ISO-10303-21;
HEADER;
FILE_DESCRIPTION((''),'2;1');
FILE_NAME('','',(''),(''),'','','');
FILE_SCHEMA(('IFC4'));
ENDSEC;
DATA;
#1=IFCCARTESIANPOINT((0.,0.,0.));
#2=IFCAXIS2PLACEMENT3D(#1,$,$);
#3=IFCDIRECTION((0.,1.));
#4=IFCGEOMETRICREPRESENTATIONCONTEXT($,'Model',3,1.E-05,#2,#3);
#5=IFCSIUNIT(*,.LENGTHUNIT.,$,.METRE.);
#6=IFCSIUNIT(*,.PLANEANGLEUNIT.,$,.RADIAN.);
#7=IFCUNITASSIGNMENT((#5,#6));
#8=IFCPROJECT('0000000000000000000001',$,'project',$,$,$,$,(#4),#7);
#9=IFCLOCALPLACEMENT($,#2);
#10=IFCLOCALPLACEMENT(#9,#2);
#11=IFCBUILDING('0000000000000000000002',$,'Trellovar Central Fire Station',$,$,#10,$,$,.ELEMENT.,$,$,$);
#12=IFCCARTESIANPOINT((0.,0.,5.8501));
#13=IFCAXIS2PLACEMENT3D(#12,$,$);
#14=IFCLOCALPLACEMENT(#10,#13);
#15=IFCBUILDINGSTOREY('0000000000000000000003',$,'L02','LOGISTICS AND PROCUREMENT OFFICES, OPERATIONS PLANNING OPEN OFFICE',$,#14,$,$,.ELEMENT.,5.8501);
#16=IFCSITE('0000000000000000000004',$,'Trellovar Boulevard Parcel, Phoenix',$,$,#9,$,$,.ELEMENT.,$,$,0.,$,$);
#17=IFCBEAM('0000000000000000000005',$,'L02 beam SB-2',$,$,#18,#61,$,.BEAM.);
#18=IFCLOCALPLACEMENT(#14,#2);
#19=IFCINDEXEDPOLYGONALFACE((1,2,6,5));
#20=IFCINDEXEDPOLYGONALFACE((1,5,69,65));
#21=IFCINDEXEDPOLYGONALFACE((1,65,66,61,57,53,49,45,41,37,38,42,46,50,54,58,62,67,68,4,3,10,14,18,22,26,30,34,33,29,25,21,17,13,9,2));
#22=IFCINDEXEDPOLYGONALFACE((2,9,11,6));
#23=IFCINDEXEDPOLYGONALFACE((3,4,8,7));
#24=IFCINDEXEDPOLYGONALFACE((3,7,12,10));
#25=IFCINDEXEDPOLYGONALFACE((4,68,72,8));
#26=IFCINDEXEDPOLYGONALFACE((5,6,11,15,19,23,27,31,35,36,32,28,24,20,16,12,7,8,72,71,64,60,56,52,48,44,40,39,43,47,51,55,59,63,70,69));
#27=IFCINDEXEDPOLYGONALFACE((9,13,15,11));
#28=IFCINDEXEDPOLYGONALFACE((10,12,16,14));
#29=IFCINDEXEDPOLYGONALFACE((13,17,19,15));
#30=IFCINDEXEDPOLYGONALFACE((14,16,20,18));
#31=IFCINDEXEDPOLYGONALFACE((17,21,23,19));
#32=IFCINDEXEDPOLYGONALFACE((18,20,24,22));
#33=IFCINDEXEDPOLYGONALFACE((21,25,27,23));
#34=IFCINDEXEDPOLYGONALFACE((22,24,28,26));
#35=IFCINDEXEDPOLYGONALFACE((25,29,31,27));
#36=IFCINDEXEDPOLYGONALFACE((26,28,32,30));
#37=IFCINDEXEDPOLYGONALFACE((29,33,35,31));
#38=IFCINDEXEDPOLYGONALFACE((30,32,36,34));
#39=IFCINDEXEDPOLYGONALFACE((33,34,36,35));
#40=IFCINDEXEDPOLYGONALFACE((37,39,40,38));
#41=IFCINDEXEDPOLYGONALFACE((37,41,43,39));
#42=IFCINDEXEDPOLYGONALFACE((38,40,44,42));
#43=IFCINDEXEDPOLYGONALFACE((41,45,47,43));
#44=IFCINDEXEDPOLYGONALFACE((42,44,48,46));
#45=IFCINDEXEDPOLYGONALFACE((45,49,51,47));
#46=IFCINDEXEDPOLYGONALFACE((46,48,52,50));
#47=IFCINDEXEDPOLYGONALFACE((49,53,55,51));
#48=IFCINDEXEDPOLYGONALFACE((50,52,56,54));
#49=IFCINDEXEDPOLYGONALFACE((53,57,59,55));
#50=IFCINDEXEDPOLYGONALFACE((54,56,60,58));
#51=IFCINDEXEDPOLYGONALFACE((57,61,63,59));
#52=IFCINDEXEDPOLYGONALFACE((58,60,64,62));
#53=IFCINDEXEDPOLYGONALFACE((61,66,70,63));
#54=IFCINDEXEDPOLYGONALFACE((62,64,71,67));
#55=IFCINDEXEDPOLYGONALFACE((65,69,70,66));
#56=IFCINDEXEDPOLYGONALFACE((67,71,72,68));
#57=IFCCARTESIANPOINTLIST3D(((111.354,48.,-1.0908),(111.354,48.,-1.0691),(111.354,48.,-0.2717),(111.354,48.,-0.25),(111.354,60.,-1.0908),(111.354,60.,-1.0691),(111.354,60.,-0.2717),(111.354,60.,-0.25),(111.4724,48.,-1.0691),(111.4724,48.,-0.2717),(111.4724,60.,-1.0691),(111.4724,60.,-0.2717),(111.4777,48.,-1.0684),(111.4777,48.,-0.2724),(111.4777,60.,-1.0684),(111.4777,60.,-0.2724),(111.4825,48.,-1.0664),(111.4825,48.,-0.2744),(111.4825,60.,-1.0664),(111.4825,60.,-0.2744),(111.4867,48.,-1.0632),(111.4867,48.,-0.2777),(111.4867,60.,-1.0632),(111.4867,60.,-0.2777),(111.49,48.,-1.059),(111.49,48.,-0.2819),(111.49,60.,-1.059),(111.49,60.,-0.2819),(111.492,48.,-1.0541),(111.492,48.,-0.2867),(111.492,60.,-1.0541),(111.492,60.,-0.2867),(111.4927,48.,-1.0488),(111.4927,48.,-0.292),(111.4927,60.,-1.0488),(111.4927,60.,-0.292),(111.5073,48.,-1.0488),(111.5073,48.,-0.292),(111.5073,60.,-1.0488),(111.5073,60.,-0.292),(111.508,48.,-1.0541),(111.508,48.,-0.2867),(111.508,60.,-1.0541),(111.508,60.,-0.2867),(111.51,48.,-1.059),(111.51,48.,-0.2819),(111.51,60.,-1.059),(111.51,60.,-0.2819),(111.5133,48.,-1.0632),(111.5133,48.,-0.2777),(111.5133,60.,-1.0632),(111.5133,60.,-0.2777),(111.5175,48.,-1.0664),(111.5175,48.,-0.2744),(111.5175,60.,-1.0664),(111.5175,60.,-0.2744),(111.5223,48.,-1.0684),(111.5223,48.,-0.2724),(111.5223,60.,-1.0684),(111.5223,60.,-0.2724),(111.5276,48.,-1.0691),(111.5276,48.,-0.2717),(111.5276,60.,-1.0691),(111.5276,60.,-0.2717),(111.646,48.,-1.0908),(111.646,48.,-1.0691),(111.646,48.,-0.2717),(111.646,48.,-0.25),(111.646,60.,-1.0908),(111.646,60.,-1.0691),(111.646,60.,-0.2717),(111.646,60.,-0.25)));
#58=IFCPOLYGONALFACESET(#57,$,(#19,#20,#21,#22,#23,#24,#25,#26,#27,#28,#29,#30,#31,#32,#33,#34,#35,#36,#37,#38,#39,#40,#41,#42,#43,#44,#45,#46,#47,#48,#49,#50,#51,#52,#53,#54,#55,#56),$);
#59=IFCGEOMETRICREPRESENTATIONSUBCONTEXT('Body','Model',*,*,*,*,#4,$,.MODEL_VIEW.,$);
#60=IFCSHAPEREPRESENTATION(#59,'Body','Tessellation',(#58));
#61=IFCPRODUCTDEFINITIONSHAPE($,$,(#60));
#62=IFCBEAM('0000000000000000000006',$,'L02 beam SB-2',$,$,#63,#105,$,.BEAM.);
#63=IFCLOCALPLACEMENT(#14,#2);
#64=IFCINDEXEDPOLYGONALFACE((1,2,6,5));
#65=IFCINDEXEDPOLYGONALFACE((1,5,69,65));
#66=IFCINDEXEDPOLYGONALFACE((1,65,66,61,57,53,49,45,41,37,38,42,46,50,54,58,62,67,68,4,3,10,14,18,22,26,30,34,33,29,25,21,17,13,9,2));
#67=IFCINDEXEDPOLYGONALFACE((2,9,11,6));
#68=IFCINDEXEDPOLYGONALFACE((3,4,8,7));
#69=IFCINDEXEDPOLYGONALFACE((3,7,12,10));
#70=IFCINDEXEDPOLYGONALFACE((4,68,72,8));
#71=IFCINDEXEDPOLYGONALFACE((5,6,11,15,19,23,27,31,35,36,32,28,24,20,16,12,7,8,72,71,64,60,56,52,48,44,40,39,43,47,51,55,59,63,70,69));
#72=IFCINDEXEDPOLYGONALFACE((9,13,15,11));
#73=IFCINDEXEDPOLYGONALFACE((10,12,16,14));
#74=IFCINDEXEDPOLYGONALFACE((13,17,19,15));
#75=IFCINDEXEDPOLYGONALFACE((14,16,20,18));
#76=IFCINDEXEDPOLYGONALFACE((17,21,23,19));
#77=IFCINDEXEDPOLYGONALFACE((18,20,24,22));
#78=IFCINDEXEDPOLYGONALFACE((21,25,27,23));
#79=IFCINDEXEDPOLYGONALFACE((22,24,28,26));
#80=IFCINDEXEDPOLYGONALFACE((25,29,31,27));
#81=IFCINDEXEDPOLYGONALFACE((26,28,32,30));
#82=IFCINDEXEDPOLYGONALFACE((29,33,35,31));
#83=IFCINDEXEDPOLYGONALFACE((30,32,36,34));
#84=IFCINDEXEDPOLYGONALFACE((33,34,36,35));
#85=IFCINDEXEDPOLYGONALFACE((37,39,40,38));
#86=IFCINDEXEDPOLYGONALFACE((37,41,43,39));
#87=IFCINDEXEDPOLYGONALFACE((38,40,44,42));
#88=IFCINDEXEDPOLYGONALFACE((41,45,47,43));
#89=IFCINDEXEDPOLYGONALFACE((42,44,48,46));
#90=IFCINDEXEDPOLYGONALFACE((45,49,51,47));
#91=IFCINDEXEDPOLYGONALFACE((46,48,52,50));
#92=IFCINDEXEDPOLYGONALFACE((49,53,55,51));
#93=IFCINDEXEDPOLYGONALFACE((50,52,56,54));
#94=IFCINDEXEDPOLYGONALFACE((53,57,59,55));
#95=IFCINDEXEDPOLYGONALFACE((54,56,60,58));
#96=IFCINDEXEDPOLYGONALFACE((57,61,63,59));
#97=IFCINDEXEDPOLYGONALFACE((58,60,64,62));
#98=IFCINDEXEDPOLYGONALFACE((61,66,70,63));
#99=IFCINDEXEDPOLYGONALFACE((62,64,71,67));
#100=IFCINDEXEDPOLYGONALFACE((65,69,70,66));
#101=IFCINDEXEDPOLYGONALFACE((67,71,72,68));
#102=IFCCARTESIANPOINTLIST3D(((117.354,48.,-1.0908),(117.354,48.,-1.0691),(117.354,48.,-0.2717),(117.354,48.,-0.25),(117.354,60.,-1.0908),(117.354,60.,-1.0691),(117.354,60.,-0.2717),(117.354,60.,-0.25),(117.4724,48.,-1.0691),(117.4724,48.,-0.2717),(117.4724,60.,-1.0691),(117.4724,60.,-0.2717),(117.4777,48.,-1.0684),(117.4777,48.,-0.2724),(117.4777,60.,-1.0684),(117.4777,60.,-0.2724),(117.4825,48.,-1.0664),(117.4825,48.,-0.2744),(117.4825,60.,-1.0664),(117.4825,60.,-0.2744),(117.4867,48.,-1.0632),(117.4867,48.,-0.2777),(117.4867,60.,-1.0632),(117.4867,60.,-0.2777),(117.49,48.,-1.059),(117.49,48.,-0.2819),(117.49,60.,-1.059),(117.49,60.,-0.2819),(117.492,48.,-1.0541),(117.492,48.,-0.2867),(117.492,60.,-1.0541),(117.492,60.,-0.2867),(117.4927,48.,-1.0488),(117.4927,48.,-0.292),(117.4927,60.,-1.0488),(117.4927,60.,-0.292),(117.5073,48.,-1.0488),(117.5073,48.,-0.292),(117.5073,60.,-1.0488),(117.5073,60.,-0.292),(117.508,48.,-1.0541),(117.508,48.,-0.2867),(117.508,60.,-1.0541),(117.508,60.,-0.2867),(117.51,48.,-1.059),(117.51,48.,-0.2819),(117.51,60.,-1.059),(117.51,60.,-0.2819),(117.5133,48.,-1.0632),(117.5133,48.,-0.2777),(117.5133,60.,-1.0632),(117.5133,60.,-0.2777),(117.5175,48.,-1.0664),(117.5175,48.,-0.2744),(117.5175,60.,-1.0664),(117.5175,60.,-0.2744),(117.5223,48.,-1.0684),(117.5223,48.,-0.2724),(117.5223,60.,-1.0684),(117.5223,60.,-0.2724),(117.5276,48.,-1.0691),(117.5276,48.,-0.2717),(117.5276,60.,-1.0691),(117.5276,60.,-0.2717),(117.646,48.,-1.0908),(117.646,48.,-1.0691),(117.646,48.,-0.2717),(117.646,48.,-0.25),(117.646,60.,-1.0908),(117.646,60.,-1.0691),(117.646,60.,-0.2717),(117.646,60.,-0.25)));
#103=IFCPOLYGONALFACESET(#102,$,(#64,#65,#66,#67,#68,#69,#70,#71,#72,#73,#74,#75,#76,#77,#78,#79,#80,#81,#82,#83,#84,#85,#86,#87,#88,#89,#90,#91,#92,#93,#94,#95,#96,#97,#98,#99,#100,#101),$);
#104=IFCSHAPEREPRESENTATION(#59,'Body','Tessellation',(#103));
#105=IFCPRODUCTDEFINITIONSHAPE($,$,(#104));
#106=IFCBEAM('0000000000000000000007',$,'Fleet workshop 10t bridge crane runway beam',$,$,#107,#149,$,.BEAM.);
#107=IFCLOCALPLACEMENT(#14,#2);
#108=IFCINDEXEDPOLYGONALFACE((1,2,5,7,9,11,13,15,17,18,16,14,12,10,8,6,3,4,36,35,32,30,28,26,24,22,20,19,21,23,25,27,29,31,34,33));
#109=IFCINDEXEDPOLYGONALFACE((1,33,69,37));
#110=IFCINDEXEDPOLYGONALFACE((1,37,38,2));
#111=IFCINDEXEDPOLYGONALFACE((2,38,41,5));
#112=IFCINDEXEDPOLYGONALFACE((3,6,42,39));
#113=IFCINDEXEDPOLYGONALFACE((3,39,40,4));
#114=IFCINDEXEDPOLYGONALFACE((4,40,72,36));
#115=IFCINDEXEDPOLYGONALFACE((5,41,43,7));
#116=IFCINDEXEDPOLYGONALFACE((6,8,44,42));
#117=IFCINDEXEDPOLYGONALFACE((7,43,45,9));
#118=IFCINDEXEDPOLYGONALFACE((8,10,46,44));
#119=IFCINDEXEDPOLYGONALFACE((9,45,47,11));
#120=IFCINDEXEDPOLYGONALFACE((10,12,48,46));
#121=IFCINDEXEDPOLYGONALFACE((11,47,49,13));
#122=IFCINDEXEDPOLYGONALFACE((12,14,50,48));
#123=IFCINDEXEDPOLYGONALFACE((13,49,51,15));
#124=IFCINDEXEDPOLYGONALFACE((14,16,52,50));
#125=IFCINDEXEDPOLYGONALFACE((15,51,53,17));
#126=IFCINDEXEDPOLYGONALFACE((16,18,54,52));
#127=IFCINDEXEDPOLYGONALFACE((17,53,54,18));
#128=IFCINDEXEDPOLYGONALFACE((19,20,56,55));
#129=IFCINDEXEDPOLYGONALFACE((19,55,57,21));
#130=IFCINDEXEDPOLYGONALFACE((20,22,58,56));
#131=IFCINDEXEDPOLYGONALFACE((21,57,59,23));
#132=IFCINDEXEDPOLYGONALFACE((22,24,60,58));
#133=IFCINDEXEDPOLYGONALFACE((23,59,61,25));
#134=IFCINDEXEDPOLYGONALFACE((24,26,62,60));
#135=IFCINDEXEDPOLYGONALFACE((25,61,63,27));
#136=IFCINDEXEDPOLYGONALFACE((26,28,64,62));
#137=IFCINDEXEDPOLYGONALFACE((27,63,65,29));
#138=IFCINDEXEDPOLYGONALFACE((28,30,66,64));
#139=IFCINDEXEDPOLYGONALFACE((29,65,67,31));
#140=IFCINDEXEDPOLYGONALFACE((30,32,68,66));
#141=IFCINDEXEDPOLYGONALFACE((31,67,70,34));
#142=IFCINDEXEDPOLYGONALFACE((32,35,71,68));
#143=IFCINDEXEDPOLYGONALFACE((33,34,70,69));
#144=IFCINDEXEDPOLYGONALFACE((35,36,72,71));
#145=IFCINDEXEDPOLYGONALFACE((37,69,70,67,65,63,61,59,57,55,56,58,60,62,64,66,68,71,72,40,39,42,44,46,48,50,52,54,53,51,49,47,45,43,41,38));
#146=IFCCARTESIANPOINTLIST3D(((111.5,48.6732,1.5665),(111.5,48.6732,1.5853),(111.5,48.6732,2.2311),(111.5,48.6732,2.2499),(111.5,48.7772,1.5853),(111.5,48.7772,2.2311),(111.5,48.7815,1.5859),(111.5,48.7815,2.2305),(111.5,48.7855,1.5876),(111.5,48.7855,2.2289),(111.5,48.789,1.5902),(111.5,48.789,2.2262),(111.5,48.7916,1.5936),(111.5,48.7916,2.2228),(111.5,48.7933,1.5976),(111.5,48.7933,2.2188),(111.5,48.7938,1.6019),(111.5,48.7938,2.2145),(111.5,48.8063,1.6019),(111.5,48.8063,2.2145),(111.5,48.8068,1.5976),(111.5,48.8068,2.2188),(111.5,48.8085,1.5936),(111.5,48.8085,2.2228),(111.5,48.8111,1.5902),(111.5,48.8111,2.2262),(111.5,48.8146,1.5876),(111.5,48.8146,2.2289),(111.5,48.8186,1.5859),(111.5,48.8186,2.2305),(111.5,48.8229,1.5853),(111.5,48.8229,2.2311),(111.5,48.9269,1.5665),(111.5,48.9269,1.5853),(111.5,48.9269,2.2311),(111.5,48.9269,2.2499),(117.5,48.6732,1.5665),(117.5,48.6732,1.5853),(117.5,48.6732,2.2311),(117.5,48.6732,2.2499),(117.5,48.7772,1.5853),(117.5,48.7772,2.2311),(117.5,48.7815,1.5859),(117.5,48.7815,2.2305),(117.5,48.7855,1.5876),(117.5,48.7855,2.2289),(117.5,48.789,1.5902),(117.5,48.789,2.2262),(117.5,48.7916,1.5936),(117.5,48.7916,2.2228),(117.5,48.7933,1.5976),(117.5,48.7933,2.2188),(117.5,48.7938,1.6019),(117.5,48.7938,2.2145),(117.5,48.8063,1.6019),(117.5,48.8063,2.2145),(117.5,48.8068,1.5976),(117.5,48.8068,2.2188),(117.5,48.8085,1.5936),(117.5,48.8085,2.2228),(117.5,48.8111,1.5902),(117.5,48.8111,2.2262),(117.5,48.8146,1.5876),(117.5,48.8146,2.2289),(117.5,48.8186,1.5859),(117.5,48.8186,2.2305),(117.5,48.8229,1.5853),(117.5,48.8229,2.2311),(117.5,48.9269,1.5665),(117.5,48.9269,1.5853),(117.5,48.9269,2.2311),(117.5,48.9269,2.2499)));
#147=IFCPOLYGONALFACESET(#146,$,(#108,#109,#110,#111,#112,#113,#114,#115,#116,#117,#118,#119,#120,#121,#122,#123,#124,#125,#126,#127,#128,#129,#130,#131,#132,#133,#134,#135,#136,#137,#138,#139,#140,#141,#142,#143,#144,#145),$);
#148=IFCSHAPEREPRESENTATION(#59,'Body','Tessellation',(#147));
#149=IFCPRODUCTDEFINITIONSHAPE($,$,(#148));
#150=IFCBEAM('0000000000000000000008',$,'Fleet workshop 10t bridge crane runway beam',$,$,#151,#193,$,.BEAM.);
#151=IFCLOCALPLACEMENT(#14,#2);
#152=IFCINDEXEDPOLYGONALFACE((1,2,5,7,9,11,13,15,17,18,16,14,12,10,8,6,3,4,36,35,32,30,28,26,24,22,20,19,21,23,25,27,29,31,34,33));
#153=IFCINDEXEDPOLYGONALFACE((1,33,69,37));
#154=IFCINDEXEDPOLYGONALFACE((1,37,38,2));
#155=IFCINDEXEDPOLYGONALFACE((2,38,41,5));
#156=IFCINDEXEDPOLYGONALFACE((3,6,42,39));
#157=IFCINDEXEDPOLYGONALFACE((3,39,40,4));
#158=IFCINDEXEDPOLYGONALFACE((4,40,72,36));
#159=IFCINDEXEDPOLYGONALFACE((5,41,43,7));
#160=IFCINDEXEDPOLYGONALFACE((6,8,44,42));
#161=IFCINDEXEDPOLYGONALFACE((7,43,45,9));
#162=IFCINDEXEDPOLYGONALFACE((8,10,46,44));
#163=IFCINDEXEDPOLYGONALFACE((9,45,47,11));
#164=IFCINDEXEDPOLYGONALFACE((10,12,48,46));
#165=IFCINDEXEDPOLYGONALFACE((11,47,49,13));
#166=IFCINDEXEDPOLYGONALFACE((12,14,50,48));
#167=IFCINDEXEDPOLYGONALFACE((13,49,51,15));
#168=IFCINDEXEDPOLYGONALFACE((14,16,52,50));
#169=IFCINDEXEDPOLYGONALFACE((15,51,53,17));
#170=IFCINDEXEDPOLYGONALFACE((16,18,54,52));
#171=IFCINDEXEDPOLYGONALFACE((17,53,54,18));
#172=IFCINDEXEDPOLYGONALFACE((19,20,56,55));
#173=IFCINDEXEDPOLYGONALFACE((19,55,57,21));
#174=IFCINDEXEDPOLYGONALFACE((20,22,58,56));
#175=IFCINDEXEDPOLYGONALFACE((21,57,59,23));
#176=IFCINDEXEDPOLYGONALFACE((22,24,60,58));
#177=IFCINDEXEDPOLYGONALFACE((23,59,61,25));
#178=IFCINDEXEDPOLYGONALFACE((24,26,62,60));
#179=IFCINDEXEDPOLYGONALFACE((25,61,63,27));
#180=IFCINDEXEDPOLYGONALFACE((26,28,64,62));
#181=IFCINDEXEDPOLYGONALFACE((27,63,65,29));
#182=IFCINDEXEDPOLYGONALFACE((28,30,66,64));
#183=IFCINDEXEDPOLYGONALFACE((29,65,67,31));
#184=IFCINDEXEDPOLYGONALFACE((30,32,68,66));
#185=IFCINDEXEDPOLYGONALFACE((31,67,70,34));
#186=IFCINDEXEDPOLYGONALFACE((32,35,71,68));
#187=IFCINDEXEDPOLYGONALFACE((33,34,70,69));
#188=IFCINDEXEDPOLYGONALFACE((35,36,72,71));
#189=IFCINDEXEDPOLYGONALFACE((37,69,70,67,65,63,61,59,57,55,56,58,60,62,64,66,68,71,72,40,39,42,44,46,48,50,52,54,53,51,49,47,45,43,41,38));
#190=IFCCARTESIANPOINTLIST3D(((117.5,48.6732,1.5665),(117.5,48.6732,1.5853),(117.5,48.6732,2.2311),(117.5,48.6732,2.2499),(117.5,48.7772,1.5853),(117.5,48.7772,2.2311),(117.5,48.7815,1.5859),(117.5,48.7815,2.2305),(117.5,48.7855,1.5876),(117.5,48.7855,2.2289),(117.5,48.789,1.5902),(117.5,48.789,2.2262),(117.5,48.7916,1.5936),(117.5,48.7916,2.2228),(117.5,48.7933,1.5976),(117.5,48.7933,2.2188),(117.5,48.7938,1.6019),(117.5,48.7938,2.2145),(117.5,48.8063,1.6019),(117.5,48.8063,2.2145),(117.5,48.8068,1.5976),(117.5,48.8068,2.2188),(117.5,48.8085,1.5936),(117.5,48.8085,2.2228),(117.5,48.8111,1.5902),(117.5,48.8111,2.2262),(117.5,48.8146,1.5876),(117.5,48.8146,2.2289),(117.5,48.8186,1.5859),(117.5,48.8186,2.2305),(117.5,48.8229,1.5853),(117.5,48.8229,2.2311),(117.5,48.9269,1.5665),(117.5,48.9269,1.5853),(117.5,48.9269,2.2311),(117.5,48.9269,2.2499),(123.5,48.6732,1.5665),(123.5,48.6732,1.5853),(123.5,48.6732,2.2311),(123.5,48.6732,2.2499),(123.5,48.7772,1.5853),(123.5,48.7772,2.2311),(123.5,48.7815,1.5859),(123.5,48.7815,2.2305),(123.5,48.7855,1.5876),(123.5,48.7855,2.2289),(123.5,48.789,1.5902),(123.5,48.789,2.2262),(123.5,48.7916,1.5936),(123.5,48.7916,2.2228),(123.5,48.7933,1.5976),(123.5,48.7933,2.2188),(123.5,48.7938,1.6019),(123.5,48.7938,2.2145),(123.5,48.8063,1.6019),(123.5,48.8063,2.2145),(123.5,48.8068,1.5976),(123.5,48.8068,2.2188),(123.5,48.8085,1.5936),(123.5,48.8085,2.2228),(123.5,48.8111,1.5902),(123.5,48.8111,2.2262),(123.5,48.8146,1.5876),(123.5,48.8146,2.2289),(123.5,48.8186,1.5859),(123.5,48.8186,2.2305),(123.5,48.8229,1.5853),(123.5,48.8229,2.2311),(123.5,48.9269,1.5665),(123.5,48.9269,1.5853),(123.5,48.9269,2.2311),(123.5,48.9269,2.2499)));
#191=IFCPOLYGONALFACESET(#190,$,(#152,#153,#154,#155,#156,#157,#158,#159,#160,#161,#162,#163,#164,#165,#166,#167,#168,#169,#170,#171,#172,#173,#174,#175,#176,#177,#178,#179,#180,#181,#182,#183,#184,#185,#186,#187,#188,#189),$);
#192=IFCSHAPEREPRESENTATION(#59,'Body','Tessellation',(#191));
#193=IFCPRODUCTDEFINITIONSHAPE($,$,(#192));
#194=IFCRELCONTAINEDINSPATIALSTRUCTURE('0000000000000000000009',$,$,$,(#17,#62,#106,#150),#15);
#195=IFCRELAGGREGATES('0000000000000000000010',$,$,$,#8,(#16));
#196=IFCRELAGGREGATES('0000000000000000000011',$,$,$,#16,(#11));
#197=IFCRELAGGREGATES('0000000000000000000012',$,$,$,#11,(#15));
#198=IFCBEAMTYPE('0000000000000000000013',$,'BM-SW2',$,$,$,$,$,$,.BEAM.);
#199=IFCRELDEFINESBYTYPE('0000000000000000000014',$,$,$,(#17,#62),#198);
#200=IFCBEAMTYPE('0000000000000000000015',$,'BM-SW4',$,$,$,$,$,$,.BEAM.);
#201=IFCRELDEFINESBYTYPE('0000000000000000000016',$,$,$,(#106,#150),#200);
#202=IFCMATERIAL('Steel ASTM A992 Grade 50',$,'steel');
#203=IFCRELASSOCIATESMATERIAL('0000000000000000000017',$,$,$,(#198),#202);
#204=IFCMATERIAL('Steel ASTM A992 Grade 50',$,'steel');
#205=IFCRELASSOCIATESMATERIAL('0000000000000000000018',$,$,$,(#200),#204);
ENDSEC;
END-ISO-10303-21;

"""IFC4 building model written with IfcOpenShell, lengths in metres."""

from ifc_helpers import new_model, si_unit, direction, frame, origin, origin_2d, place, context, subcontext, project, spatial, i_section, extrude, material, material_profile, profile_set, type_object, element, save


model = new_model("IFC4")

# Units and contexts
model_context = context("Model", 3, precision=1e-05, world=origin(), true_north=direction((0.0, 1.0)))
body_context = subcontext(model_context, "Body", "Model", "MODEL_VIEW")
ifc_project = project(units=[si_unit("LENGTHUNIT", "METRE"), si_unit("PLANEANGLEUNIT", "RADIAN")], contexts=[model_context])

# Site, building, storey
site_placement = place(None, origin())
site = spatial("IfcSite", under=ifc_project, at=site_placement, Name="Trellovar Boulevard Parcel, Phoenix", CompositionType="ELEMENT", RefElevation=0.0)
building_placement = place(site_placement, origin())
building = spatial("IfcBuilding", under=site, at=building_placement, Name="Trellovar Central Fire Station", CompositionType="ELEMENT")
storey_placement = place(building_placement, frame((0.0, 0.0, 5.8501)))
storey = spatial("IfcBuildingStorey", under=building, at=storey_placement, Name="L02", Description="LOGISTICS AND PROCUREMENT OFFICES, OPERATIONS PLANNING OPEN OFFICE", CompositionType="ELEMENT", Elevation=5.8501)

# Beams
ifc_material_1 = material(Name="Steel ASTM A992 Grade 50", Category="steel")
ifc_material_profile_1 = material_profile(ifc_material_1, i_section(OverallWidth=0.292, OverallDepth=0.8408, WebThickness=0.0146, FlangeThickness=0.0217, FilletRadius=0.0203, at=origin_2d()), Name="W33X130")
ifc_profile_set_1 = profile_set([ifc_material_profile_1], Name="Steel ASTM A992 Grade 50")
beam_type_1 = type_object("IfcBeamType", Name="BM-SW2", PredefinedType="BEAM", material=ifc_profile_set_1)
for number, where, z_axis, x_axis, name in (
    (1, (111.5, 48.0, -0.6704), (0.0, 1.0, 0.0), (-1.0, 0.0, 0.0), "L02 beam SB-2"),
    (2, (117.5, 48.0, -0.6704), (0.0, 1.0, 0.0), (-1.0, 0.0, 0.0), "L02 beam SB-2"),
):
    element("IfcBeam", number, at=place(storey_placement, frame(where, z_axis=z_axis, x_axis=x_axis)), inside=storey, type_object=beam_type_1, Name=name, PredefinedType="BEAM", context=body_context, shape_type="SweptSolid", body=[
        extrude(i_section(OverallWidth=0.292, OverallDepth=0.8408, WebThickness=0.0146, FlangeThickness=0.0217, FilletRadius=0.0203, at=origin_2d()), origin(), (0.0, 0.0, 1.0), 12.0),
    ])
ifc_material_2 = material(Name="Steel ASTM A992 Grade 50", Category="steel")
ifc_material_profile_2 = material_profile(ifc_material_2, i_section(OverallWidth=0.2537, OverallDepth=0.6833, WebThickness=0.0125, FlangeThickness=0.0188, FilletRadius=0.0166, at=origin_2d()), Name="W27X94")
ifc_profile_set_2 = profile_set([ifc_material_profile_2], Name="Steel ASTM A992 Grade 50")
beam_type_2 = type_object("IfcBeamType", Name="BM-SW4", PredefinedType="BEAM", material=ifc_profile_set_2)
for number, where, z_axis, x_axis, name in (
    (3, (111.5, 48.8, 1.9082), (1.0, 0.0, 0.0), (0.0, 1.0, 0.0), "Fleet workshop 10t bridge crane runway beam"),
    (4, (117.5, 48.8, 1.9082), (1.0, 0.0, 0.0), (0.0, 1.0, 0.0), "Fleet workshop 10t bridge crane runway beam"),
):
    element("IfcBeam", number, at=place(storey_placement, frame(where, z_axis=z_axis, x_axis=x_axis)), inside=storey, type_object=beam_type_2, Name=name, PredefinedType="BEAM", context=body_context, shape_type="SweptSolid", body=[
        extrude(i_section(OverallWidth=0.2537, OverallDepth=0.6833, WebThickness=0.0125, FlangeThickness=0.0188, FilletRadius=0.0166, at=origin_2d()), origin(), (0.0, 0.0, 1.0), 6.0),
    ])

save(model, "model.ifc")
